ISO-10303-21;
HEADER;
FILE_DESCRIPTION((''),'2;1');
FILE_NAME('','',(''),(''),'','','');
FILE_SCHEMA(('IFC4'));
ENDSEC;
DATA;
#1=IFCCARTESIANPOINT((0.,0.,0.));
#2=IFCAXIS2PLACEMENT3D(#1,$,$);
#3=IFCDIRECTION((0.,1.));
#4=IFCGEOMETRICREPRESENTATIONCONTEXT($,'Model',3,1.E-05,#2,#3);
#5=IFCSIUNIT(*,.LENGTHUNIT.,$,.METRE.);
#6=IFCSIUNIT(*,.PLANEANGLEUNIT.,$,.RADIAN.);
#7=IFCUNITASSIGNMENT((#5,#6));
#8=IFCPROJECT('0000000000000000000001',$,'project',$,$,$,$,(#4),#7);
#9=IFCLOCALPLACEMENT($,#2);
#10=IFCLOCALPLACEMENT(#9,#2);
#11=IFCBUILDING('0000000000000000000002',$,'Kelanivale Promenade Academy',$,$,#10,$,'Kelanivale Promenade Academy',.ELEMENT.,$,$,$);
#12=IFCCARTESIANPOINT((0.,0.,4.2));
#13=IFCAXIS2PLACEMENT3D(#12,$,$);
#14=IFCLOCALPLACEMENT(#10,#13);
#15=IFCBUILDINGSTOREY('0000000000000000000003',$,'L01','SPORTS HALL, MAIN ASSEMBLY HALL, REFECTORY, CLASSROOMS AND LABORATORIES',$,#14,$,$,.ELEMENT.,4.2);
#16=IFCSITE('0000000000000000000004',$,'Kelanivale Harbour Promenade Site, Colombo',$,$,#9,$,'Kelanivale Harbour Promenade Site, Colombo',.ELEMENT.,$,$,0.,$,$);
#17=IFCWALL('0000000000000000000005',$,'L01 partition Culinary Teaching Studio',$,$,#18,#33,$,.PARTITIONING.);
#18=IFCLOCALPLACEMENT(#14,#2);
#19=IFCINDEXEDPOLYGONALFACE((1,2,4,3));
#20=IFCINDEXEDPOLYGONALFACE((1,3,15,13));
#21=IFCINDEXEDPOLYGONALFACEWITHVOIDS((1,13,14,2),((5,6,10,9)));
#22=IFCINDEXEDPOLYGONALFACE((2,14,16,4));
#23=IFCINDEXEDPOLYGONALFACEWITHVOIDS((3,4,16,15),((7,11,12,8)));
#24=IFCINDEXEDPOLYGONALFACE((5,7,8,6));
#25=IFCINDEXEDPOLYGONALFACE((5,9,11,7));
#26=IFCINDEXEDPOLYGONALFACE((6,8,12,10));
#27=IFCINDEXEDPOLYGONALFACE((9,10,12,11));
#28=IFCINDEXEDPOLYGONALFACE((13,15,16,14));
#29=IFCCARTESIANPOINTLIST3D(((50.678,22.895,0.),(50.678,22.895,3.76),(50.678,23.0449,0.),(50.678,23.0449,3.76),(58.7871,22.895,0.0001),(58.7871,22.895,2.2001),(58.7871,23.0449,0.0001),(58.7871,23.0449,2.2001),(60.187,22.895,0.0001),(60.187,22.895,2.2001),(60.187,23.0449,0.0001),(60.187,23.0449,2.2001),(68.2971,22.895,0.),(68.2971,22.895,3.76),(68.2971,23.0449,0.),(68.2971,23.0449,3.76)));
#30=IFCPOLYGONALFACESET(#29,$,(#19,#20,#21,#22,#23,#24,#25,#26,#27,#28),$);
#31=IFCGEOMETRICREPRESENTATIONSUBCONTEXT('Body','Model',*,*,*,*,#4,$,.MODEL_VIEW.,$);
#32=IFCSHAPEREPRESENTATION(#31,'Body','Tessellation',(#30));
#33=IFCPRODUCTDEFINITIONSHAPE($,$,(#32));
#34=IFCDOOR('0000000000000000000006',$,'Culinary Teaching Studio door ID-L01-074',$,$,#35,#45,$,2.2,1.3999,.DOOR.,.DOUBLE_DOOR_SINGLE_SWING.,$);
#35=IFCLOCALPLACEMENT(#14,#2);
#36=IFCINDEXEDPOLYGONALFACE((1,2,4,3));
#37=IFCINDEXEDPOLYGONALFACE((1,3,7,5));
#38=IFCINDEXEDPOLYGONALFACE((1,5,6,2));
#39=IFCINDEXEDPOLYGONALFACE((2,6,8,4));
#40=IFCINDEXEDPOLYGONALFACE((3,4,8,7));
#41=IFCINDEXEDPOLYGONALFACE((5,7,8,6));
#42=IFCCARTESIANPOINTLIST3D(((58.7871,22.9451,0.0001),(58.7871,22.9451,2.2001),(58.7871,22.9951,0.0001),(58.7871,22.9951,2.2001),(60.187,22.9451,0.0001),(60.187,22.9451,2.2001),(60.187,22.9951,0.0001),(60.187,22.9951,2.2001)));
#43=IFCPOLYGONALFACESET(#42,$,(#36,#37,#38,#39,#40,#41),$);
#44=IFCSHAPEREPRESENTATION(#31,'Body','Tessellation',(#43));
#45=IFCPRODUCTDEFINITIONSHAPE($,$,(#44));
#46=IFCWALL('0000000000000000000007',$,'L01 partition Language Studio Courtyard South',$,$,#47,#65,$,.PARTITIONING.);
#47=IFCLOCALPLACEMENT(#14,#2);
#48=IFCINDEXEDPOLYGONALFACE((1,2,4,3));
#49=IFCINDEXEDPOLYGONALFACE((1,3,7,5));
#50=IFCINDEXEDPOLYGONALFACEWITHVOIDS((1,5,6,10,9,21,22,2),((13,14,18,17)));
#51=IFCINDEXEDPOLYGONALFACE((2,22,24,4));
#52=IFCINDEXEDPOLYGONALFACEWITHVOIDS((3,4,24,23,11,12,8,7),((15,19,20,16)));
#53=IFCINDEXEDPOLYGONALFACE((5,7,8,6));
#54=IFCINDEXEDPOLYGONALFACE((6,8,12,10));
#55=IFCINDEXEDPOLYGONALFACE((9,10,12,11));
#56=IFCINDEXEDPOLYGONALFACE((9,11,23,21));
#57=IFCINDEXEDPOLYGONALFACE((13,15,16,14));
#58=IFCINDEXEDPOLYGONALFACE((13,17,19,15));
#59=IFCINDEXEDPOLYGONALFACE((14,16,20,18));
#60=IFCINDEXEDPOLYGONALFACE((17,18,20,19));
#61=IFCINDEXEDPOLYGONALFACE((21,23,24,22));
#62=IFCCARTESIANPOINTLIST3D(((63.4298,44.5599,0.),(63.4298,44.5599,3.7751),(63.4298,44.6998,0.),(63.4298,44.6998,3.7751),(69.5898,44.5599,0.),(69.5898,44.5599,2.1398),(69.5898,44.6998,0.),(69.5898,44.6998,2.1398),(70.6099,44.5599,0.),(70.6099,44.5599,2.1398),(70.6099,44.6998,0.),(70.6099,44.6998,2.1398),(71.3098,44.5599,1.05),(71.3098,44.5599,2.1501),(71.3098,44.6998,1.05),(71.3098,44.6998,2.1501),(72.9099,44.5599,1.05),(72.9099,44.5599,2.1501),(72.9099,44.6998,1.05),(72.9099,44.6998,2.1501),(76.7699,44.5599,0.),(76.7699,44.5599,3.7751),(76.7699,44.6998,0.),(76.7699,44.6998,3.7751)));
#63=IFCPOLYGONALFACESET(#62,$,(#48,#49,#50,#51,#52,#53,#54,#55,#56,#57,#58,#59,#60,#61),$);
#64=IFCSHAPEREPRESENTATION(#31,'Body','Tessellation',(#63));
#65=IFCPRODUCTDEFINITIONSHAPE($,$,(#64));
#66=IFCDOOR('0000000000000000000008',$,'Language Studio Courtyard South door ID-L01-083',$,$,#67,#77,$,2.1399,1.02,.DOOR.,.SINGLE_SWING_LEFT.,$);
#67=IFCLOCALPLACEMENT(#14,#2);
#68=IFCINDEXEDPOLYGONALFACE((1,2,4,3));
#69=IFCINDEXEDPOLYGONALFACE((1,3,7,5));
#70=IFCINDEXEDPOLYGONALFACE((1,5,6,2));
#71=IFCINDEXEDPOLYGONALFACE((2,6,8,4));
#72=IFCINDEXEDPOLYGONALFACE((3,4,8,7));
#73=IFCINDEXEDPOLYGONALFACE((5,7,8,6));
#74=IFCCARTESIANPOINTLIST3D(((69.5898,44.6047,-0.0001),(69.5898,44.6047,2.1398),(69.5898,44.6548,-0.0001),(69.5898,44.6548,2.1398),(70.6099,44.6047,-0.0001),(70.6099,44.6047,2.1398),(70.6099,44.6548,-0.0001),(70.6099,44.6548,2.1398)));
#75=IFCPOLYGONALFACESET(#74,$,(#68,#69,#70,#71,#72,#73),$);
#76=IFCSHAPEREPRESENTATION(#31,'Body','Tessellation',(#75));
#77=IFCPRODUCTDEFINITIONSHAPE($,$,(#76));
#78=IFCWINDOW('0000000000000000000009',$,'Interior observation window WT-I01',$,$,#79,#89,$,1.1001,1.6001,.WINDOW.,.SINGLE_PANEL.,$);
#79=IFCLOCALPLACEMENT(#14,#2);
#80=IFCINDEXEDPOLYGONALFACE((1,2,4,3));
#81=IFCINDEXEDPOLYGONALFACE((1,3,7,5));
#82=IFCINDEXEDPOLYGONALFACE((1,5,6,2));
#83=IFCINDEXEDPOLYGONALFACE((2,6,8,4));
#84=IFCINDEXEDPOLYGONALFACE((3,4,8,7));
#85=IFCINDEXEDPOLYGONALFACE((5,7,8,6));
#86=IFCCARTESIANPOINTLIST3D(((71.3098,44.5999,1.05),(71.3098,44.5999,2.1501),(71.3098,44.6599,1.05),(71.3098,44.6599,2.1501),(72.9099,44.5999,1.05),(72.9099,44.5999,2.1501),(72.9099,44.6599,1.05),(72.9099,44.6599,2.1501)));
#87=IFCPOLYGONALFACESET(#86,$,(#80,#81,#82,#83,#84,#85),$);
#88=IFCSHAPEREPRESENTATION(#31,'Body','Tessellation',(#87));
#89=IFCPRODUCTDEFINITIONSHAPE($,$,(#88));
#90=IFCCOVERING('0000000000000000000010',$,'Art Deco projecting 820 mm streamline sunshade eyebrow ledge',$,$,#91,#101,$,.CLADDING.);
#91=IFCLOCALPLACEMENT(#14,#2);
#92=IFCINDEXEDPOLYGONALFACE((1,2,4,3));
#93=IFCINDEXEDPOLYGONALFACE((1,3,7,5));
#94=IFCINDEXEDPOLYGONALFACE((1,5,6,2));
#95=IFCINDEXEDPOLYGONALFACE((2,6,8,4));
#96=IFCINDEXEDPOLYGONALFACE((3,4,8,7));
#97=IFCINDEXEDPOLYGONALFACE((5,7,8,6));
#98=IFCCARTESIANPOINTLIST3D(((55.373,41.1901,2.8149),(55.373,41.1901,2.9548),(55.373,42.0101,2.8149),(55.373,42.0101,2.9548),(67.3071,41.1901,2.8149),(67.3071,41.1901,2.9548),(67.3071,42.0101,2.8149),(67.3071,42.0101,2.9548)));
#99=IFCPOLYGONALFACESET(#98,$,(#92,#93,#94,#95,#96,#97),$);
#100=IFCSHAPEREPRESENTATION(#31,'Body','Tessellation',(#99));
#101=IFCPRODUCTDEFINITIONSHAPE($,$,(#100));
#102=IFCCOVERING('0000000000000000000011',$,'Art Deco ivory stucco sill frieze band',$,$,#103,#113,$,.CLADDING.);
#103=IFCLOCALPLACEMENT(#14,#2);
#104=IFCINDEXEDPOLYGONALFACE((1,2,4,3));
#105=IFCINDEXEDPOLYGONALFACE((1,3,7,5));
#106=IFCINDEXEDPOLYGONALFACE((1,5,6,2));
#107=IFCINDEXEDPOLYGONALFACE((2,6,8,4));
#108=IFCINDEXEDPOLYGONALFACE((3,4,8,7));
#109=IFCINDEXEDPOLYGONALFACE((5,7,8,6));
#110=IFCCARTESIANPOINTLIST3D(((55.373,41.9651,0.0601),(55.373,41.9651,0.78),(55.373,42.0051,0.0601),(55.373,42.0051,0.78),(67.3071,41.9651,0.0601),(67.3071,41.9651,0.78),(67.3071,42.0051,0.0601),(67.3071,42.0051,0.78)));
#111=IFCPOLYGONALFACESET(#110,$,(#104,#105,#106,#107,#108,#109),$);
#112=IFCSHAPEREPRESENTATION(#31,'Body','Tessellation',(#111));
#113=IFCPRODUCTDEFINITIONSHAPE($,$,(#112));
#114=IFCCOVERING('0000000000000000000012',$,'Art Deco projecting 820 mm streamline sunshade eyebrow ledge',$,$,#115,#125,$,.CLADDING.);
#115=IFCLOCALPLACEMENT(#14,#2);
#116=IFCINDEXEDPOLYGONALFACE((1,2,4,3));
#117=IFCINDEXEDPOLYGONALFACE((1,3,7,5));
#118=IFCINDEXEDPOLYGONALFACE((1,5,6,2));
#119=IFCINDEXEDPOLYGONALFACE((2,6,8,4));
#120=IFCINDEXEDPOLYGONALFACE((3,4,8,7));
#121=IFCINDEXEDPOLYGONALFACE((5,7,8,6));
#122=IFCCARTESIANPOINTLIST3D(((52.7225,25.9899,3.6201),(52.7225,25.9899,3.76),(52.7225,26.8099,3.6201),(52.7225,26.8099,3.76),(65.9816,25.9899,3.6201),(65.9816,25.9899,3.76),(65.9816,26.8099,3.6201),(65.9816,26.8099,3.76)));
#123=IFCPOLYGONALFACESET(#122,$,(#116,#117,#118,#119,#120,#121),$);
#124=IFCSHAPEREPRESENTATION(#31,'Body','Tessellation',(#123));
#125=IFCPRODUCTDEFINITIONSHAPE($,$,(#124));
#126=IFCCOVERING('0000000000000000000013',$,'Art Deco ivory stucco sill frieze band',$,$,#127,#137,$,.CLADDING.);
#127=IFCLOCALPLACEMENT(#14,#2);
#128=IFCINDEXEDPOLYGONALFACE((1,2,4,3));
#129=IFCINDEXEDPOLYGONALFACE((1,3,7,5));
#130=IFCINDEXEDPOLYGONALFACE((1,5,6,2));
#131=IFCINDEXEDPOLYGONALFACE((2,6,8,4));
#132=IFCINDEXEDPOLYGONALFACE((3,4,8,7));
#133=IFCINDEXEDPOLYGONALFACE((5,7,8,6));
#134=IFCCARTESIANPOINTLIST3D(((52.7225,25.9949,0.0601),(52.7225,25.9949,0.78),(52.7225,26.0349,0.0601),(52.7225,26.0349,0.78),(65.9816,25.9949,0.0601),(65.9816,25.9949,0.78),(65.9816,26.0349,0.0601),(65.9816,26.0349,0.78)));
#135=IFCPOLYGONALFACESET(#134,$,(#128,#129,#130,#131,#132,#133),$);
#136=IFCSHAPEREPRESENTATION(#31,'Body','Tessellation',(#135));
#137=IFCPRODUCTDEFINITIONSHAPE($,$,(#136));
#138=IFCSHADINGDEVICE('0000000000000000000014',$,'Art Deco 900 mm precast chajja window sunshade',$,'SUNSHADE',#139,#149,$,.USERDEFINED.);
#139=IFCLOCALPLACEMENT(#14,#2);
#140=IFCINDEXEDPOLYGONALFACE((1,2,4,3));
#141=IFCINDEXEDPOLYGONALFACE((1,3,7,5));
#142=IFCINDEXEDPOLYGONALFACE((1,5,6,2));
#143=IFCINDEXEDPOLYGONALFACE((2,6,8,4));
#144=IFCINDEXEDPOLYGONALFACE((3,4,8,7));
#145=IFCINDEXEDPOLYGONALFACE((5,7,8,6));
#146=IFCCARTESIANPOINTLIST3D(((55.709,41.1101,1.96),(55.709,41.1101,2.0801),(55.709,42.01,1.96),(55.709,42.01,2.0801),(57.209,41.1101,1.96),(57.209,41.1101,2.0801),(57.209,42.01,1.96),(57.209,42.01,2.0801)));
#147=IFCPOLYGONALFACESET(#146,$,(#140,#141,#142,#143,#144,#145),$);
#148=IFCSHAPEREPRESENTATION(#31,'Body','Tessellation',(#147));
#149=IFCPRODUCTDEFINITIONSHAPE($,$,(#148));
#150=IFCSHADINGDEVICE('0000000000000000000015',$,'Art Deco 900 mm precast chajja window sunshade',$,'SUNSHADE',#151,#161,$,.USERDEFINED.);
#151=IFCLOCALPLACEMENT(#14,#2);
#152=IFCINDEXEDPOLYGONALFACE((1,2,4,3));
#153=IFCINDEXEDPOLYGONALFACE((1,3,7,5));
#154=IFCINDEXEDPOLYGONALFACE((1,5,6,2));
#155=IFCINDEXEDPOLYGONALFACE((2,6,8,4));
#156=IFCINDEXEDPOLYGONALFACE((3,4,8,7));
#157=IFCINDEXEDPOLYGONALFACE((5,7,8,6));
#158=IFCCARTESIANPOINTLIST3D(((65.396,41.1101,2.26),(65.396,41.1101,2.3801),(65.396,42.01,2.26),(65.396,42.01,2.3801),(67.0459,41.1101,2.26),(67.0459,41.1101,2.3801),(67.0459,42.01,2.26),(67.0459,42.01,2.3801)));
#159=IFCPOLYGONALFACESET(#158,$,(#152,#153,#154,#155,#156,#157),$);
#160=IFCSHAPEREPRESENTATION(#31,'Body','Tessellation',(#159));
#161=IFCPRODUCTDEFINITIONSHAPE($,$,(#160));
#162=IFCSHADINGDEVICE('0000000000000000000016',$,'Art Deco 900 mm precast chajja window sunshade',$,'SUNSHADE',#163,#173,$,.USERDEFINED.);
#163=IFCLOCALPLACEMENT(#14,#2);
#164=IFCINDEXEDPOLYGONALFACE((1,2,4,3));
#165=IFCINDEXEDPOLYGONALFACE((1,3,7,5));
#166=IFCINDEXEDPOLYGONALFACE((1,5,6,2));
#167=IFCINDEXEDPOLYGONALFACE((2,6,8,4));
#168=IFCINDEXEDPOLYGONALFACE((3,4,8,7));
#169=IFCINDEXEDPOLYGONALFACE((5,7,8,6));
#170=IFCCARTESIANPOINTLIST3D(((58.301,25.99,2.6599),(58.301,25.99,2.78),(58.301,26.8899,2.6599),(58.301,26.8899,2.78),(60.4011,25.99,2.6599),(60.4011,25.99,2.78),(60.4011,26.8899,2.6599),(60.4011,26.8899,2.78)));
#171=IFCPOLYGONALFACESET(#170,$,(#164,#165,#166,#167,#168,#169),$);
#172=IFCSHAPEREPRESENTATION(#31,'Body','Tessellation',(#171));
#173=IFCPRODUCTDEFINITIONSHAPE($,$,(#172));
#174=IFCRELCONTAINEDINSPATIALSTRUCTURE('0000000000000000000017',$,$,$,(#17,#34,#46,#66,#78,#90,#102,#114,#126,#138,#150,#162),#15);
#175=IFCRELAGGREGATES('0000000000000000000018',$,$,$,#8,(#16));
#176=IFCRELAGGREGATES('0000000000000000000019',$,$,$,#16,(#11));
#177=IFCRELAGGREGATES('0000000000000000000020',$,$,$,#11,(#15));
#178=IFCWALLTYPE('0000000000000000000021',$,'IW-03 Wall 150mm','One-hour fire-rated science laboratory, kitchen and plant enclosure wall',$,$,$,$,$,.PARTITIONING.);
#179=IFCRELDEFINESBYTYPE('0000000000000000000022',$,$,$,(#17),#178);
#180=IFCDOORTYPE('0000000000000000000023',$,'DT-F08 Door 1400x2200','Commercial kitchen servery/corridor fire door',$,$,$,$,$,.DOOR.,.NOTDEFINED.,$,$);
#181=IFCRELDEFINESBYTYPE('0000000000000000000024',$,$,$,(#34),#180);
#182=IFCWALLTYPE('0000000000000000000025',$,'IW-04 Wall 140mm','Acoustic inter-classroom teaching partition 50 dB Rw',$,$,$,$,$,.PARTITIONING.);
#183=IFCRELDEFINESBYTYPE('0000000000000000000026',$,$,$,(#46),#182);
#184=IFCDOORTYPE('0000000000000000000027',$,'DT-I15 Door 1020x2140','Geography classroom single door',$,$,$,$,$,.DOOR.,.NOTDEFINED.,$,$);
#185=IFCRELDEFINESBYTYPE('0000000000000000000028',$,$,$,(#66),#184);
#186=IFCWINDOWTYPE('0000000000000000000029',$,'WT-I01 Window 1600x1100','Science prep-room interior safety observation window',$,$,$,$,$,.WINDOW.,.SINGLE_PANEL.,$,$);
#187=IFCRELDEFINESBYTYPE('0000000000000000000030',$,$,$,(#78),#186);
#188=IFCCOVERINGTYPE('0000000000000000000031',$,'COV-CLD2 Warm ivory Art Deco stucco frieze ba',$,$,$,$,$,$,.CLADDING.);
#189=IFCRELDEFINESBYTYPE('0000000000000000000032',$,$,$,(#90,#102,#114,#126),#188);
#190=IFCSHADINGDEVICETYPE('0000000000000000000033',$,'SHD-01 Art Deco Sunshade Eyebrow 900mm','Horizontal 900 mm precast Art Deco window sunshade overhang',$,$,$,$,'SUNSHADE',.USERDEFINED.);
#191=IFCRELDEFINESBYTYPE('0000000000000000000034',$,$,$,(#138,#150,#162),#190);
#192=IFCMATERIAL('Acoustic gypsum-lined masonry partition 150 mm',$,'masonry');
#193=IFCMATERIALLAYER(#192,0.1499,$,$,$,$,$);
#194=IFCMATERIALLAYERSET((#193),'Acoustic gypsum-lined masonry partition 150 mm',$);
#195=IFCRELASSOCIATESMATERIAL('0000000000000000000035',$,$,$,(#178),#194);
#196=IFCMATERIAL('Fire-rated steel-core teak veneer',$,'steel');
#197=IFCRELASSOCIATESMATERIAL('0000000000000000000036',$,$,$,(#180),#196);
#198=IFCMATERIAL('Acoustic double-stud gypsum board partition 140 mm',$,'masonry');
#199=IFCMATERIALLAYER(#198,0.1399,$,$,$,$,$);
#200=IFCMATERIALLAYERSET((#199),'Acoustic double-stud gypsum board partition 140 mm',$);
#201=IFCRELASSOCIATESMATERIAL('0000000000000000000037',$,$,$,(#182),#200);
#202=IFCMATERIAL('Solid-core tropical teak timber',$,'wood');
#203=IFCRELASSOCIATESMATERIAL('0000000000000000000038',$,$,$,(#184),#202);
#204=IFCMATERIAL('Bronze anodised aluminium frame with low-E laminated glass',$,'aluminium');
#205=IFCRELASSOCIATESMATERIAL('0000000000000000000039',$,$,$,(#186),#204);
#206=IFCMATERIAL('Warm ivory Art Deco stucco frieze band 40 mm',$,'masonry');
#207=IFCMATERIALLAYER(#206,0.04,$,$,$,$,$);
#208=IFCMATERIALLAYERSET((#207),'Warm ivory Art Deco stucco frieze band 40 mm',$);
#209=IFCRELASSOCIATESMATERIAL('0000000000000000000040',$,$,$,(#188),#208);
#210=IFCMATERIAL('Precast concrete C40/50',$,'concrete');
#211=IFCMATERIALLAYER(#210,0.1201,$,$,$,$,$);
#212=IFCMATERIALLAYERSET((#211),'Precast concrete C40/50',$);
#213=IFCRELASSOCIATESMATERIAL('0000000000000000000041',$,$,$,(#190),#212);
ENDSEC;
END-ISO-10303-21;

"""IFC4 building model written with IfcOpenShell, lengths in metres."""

from ifc_helpers import new_model, si_unit, direction, frame, frame_2d, origin, origin_2d, place, context, subcontext, project, spatial, rectangle, extrude, material, layer, layer_set, type_object, element, fill, save


model = new_model("IFC4")

# Units and contexts
model_context = context("Model", 3, precision=1e-05, world=origin(), true_north=direction((0.0, 1.0)))
body_context = subcontext(model_context, "Body", "Model", "MODEL_VIEW")
ifc_project = project(units=[si_unit("LENGTHUNIT", "METRE"), si_unit("PLANEANGLEUNIT", "RADIAN")], contexts=[model_context])

# Site, building, storey
site_placement = place(None, origin())
site = spatial("IfcSite", under=ifc_project, at=site_placement, Name="Kelanivale Harbour Promenade Site, Colombo", LongName="Kelanivale Harbour Promenade Site, Colombo", CompositionType="ELEMENT", RefElevation=0.0)
building_placement = place(site_placement, origin())
building = spatial("IfcBuilding", under=site, at=building_placement, Name="Kelanivale Promenade Academy", LongName="Kelanivale Promenade Academy", CompositionType="ELEMENT")
storey_placement = place(building_placement, frame((0.0, 0.0, 4.2)))
storey = spatial("IfcBuildingStorey", under=building, at=storey_placement, Name="L01", Description="SPORTS HALL, MAIN ASSEMBLY HALL, REFECTORY, CLASSROOMS AND LABORATORIES", CompositionType="ELEMENT", Elevation=4.2)

# Shared definitions
ifc_material_1 = material(Name="Bronze anodised aluminium frame with low-E laminated glass", Category="aluminium")

# Wall, opening, door
ifc_material_2 = material(Name="Acoustic gypsum-lined masonry partition 150 mm", Category="masonry")
ifc_layer_1 = layer(ifc_material_2, 0.1499)
ifc_layer_set_1 = layer_set([ifc_layer_1], Name="Acoustic gypsum-lined masonry partition 150 mm")
wall_type_1 = type_object("IfcWallType", Name="IW-03 Wall 150mm", Description="One-hour fire-rated science laboratory, kitchen and plant enclosure wall", PredefinedType="PARTITIONING", material=ifc_layer_set_1)
wall_1_placement = place(storey_placement, frame((68.2971, 22.97, 0.0), z_axis=(0.0, 0.0, 1.0), x_axis=(-1.0, 0.0, 0.0)))
wall_1 = element("IfcWall", 1, at=wall_1_placement, inside=storey, type_object=wall_type_1, Name="L01 partition Culinary Teaching Studio", PredefinedType="PARTITIONING", context=body_context, shape_type="SweptSolid", body=[
    extrude(rectangle(XDim=17.6191, YDim=0.1499, at=frame_2d((8.8096, 0.0))), origin(), (0.0, 0.0, 1.0), 3.76),
])
opening_1_placement = place(wall_1_placement, frame((8.1101, 0.0, 0.0)))
opening_1 = element("IfcOpeningElement", 2, at=opening_1_placement, cuts=wall_1, PredefinedType="OPENING", context=body_context, shape_type="SweptSolid", body=[
    extrude(rectangle(XDim=1.3999, YDim=2.2, at=frame_2d((0.7, 1.1001))), frame((0.0, 0.085, 0.0), z_axis=(0.0, -1.0, 0.0), x_axis=(1.0, 0.0, 0.0)), (0.0, 0.0, 1.0), 0.1699),
])
ifc_material_3 = material(Name="Fire-rated steel-core teak veneer", Category="steel")
door_type_1 = type_object("IfcDoorType", Name="DT-F08 Door 1400x2200", Description="Commercial kitchen servery/corridor fire door", OperationType="NOTDEFINED", PredefinedType="DOOR", material=ifc_material_3)
door_1_placement = place(opening_1_placement, origin())
door_1 = element("IfcDoor", 3, at=door_1_placement, inside=storey, type_object=door_type_1, Name="Culinary Teaching Studio door ID-L01-074", OperationType="DOUBLE_DOOR_SINGLE_SWING", OverallHeight=2.2, OverallWidth=1.3999, PredefinedType="DOOR", context=body_context, shape_type="SweptSolid", body=[
    extrude(rectangle(XDim=1.3999, YDim=2.2, at=frame_2d((0.7, 1.1001))), frame((0.0, 0.0249, 0.0), z_axis=(0.0, -1.0, 0.0), x_axis=(1.0, 0.0, 0.0)), (0.0, 0.0, 1.0), 0.05),
])
fill(opening_1, door_1)

# Wall, openings, door, window
ifc_material_4 = material(Name="Acoustic double-stud gypsum board partition 140 mm", Category="masonry")
ifc_layer_2 = layer(ifc_material_4, 0.1399)
ifc_layer_set_2 = layer_set([ifc_layer_2], Name="Acoustic double-stud gypsum board partition 140 mm")
wall_type_2 = type_object("IfcWallType", Name="IW-04 Wall 140mm", Description="Acoustic inter-classroom teaching partition 50 dB Rw", PredefinedType="PARTITIONING", material=ifc_layer_set_2)
wall_2_placement = place(storey_placement, frame((63.4299, 44.6299, 0.0), z_axis=(0.0, 0.0, 1.0), x_axis=(1.0, 0.0, 0.0)))
wall_2 = element("IfcWall", 4, at=wall_2_placement, inside=storey, type_object=wall_type_2, Name="L01 partition Language Studio Courtyard South", PredefinedType="PARTITIONING", context=body_context, shape_type="SweptSolid", body=[
    extrude(rectangle(XDim=13.3401, YDim=0.1399, at=frame_2d((6.6699, 0.0))), origin(), (0.0, 0.0, 1.0), 3.7751),
])
opening_2_placement = place(wall_2_placement, frame((6.1599, 0.0, 0.0)))
opening_2 = element("IfcOpeningElement", 5, at=opening_2_placement, cuts=wall_2, PredefinedType="OPENING", context=body_context, shape_type="SweptSolid", body=[
    extrude(rectangle(XDim=1.02, YDim=2.1399, at=frame_2d((0.51, 1.0698))), frame((0.0, 0.0801, 0.0), z_axis=(0.0, -1.0, 0.0), x_axis=(1.0, 0.0, 0.0)), (0.0, 0.0, 1.0), 0.1599),
])
opening_3_placement = place(wall_2_placement, frame((7.8799, 0.0, 1.05)))
opening_3 = element("IfcOpeningElement", 6, at=opening_3_placement, cuts=wall_2, PredefinedType="OPENING", context=body_context, shape_type="SweptSolid", body=[
    extrude(rectangle(XDim=1.6001, YDim=1.1001, at=frame_2d((0.8, 0.55))), frame((0.0, 0.0801, 0.0), z_axis=(0.0, -1.0, 0.0), x_axis=(1.0, 0.0, 0.0)), (0.0, 0.0, 1.0), 0.1599),
])
ifc_material_5 = material(Name="Solid-core tropical teak timber", Category="wood")
door_type_2 = type_object("IfcDoorType", Name="DT-I15 Door 1020x2140", Description="Geography classroom single door", OperationType="NOTDEFINED", PredefinedType="DOOR", material=ifc_material_5)
door_2_placement = place(opening_2_placement, origin())
door_2 = element("IfcDoor", 7, at=door_2_placement, inside=storey, type_object=door_type_2, Name="Language Studio Courtyard South door ID-L01-083", OperationType="SINGLE_SWING_LEFT", OverallHeight=2.1399, OverallWidth=1.02, PredefinedType="DOOR", context=body_context, shape_type="SweptSolid", body=[
    extrude(rectangle(XDim=1.02, YDim=2.1399, at=frame_2d((0.51, 1.0698))), frame((0.0, 0.0249, 0.0), z_axis=(0.0, -1.0, 0.0), x_axis=(1.0, 0.0, 0.0)), (0.0, 0.0, 1.0), 0.05),
])
fill(opening_2, door_2)
window_type_1 = type_object("IfcWindowType", Name="WT-I01 Window 1600x1100", Description="Science prep-room interior safety observation window", PartitioningType="SINGLE_PANEL", PredefinedType="WINDOW", material=ifc_material_1)
window_1_placement = place(opening_3_placement, origin())
window_1 = element("IfcWindow", 8, at=window_1_placement, inside=storey, type_object=window_type_1, Name="Interior observation window WT-I01", OverallHeight=1.1001, OverallWidth=1.6001, PartitioningType="SINGLE_PANEL", PredefinedType="WINDOW", context=body_context, shape_type="SweptSolid", body=[
    extrude(rectangle(XDim=1.6001, YDim=1.1001, at=frame_2d((0.8, 0.55))), frame((0.0, 0.03, 0.0), z_axis=(0.0, -1.0, 0.0), x_axis=(1.0, 0.0, 0.0)), (0.0, 0.0, 1.0), 0.0601),
])
fill(opening_3, window_1)

# Coverings
ifc_material_6 = material(Name="Warm ivory Art Deco stucco frieze band 40 mm", Category="masonry")
ifc_layer_3 = layer(ifc_material_6, 0.04)
ifc_layer_set_3 = layer_set([ifc_layer_3], Name="Warm ivory Art Deco stucco frieze band 40 mm")
covering_type = type_object("IfcCoveringType", Name="COV-CLD2 Warm ivory Art Deco stucco frieze ba", PredefinedType="CLADDING", material=ifc_layer_set_3)
covering_1_placement = place(storey_placement, frame((61.3401, 41.6001, 2.8149), z_axis=(0.0, 0.0, 1.0), x_axis=(1.0, 0.0, 0.0)))
element("IfcCovering", 9, at=covering_1_placement, inside=storey, type_object=covering_type, Name="Art Deco projecting 820 mm streamline sunshade eyebrow ledge", PredefinedType="CLADDING", context=body_context, shape_type="SweptSolid", body=[
    extrude(rectangle(XDim=11.9341, YDim=0.8201, at=origin_2d()), origin(), (0.0, 0.0, 1.0), 0.1399),
])
covering_2_placement = place(storey_placement, frame((61.3401, 41.9851, 0.0601), z_axis=(0.0, 0.0, 1.0), x_axis=(1.0, 0.0, 0.0)))
element("IfcCovering", 10, at=covering_2_placement, inside=storey, type_object=covering_type, Name="Art Deco ivory stucco sill frieze band", PredefinedType="CLADDING", context=body_context, shape_type="SweptSolid", body=[
    extrude(rectangle(XDim=11.9341, YDim=0.04, at=origin_2d()), origin(), (0.0, 0.0, 1.0), 0.72),
])
covering_3_placement = place(storey_placement, frame((59.3521, 26.3999, 3.6201), z_axis=(0.0, 0.0, 1.0), x_axis=(-1.0, 0.0, 0.0)))
element("IfcCovering", 11, at=covering_3_placement, inside=storey, type_object=covering_type, Name="Art Deco projecting 820 mm streamline sunshade eyebrow ledge", PredefinedType="CLADDING", context=body_context, shape_type="SweptSolid", body=[
    extrude(rectangle(XDim=13.259, YDim=0.8201, at=origin_2d()), origin(), (0.0, 0.0, 1.0), 0.1399),
])
covering_4_placement = place(storey_placement, frame((59.3521, 26.0149, 0.0601), z_axis=(0.0, 0.0, 1.0), x_axis=(-1.0, 0.0, 0.0)))
element("IfcCovering", 12, at=covering_4_placement, inside=storey, type_object=covering_type, Name="Art Deco ivory stucco sill frieze band", PredefinedType="CLADDING", context=body_context, shape_type="SweptSolid", body=[
    extrude(rectangle(XDim=13.259, YDim=0.04, at=origin_2d()), origin(), (0.0, 0.0, 1.0), 0.72),
])

# Shading devices
ifc_material_7 = material(Name="Precast concrete C40/50", Category="concrete")
ifc_layer_4 = layer(ifc_material_7, 0.1201)
ifc_layer_set_4 = layer_set([ifc_layer_4], Name="Precast concrete C40/50")
shading_device_type = type_object("IfcShadingDeviceType", Name="SHD-01 Art Deco Sunshade Eyebrow 900mm", Description="Horizontal 900 mm precast Art Deco window sunshade overhang", ElementType="SUNSHADE", PredefinedType="USERDEFINED", material=ifc_layer_set_4)
shading_device_1_placement = place(storey_placement, frame((56.459, 41.5601, 1.96), z_axis=(0.0, 0.0, 1.0), x_axis=(1.0, 0.0, 0.0)))
element("IfcShadingDevice", 13, at=shading_device_1_placement, inside=storey, type_object=shading_device_type, Name="Art Deco 900 mm precast chajja window sunshade", ObjectType="SUNSHADE", PredefinedType="USERDEFINED", context=body_context, shape_type="SweptSolid", body=[
    extrude(rectangle(XDim=1.5, YDim=0.8999, at=origin_2d()), origin(), (0.0, 0.0, 1.0), 0.1201),
])
shading_device_2_placement = place(storey_placement, frame((66.2209, 41.5601, 2.26), z_axis=(0.0, 0.0, 1.0), x_axis=(1.0, 0.0, 0.0)))
element("IfcShadingDevice", 14, at=shading_device_2_placement, inside=storey, type_object=shading_device_type, Name="Art Deco 900 mm precast chajja window sunshade", ObjectType="SUNSHADE", PredefinedType="USERDEFINED", context=body_context, shape_type="SweptSolid", body=[
    extrude(rectangle(XDim=1.6499, YDim=0.8999, at=origin_2d()), origin(), (0.0, 0.0, 1.0), 0.1201),
])
shading_device_3_placement = place(storey_placement, frame((59.3511, 26.4399, 2.6599), z_axis=(0.0, 0.0, 1.0), x_axis=(-1.0, 0.0, 0.0)))
element("IfcShadingDevice", 15, at=shading_device_3_placement, inside=storey, type_object=shading_device_type, Name="Art Deco 900 mm precast chajja window sunshade", ObjectType="SUNSHADE", PredefinedType="USERDEFINED", context=body_context, shape_type="SweptSolid", body=[
    extrude(rectangle(XDim=2.1001, YDim=0.8999, at=origin_2d()), origin(), (0.0, 0.0, 1.0), 0.1201),
])

save(model, "model.ifc")
